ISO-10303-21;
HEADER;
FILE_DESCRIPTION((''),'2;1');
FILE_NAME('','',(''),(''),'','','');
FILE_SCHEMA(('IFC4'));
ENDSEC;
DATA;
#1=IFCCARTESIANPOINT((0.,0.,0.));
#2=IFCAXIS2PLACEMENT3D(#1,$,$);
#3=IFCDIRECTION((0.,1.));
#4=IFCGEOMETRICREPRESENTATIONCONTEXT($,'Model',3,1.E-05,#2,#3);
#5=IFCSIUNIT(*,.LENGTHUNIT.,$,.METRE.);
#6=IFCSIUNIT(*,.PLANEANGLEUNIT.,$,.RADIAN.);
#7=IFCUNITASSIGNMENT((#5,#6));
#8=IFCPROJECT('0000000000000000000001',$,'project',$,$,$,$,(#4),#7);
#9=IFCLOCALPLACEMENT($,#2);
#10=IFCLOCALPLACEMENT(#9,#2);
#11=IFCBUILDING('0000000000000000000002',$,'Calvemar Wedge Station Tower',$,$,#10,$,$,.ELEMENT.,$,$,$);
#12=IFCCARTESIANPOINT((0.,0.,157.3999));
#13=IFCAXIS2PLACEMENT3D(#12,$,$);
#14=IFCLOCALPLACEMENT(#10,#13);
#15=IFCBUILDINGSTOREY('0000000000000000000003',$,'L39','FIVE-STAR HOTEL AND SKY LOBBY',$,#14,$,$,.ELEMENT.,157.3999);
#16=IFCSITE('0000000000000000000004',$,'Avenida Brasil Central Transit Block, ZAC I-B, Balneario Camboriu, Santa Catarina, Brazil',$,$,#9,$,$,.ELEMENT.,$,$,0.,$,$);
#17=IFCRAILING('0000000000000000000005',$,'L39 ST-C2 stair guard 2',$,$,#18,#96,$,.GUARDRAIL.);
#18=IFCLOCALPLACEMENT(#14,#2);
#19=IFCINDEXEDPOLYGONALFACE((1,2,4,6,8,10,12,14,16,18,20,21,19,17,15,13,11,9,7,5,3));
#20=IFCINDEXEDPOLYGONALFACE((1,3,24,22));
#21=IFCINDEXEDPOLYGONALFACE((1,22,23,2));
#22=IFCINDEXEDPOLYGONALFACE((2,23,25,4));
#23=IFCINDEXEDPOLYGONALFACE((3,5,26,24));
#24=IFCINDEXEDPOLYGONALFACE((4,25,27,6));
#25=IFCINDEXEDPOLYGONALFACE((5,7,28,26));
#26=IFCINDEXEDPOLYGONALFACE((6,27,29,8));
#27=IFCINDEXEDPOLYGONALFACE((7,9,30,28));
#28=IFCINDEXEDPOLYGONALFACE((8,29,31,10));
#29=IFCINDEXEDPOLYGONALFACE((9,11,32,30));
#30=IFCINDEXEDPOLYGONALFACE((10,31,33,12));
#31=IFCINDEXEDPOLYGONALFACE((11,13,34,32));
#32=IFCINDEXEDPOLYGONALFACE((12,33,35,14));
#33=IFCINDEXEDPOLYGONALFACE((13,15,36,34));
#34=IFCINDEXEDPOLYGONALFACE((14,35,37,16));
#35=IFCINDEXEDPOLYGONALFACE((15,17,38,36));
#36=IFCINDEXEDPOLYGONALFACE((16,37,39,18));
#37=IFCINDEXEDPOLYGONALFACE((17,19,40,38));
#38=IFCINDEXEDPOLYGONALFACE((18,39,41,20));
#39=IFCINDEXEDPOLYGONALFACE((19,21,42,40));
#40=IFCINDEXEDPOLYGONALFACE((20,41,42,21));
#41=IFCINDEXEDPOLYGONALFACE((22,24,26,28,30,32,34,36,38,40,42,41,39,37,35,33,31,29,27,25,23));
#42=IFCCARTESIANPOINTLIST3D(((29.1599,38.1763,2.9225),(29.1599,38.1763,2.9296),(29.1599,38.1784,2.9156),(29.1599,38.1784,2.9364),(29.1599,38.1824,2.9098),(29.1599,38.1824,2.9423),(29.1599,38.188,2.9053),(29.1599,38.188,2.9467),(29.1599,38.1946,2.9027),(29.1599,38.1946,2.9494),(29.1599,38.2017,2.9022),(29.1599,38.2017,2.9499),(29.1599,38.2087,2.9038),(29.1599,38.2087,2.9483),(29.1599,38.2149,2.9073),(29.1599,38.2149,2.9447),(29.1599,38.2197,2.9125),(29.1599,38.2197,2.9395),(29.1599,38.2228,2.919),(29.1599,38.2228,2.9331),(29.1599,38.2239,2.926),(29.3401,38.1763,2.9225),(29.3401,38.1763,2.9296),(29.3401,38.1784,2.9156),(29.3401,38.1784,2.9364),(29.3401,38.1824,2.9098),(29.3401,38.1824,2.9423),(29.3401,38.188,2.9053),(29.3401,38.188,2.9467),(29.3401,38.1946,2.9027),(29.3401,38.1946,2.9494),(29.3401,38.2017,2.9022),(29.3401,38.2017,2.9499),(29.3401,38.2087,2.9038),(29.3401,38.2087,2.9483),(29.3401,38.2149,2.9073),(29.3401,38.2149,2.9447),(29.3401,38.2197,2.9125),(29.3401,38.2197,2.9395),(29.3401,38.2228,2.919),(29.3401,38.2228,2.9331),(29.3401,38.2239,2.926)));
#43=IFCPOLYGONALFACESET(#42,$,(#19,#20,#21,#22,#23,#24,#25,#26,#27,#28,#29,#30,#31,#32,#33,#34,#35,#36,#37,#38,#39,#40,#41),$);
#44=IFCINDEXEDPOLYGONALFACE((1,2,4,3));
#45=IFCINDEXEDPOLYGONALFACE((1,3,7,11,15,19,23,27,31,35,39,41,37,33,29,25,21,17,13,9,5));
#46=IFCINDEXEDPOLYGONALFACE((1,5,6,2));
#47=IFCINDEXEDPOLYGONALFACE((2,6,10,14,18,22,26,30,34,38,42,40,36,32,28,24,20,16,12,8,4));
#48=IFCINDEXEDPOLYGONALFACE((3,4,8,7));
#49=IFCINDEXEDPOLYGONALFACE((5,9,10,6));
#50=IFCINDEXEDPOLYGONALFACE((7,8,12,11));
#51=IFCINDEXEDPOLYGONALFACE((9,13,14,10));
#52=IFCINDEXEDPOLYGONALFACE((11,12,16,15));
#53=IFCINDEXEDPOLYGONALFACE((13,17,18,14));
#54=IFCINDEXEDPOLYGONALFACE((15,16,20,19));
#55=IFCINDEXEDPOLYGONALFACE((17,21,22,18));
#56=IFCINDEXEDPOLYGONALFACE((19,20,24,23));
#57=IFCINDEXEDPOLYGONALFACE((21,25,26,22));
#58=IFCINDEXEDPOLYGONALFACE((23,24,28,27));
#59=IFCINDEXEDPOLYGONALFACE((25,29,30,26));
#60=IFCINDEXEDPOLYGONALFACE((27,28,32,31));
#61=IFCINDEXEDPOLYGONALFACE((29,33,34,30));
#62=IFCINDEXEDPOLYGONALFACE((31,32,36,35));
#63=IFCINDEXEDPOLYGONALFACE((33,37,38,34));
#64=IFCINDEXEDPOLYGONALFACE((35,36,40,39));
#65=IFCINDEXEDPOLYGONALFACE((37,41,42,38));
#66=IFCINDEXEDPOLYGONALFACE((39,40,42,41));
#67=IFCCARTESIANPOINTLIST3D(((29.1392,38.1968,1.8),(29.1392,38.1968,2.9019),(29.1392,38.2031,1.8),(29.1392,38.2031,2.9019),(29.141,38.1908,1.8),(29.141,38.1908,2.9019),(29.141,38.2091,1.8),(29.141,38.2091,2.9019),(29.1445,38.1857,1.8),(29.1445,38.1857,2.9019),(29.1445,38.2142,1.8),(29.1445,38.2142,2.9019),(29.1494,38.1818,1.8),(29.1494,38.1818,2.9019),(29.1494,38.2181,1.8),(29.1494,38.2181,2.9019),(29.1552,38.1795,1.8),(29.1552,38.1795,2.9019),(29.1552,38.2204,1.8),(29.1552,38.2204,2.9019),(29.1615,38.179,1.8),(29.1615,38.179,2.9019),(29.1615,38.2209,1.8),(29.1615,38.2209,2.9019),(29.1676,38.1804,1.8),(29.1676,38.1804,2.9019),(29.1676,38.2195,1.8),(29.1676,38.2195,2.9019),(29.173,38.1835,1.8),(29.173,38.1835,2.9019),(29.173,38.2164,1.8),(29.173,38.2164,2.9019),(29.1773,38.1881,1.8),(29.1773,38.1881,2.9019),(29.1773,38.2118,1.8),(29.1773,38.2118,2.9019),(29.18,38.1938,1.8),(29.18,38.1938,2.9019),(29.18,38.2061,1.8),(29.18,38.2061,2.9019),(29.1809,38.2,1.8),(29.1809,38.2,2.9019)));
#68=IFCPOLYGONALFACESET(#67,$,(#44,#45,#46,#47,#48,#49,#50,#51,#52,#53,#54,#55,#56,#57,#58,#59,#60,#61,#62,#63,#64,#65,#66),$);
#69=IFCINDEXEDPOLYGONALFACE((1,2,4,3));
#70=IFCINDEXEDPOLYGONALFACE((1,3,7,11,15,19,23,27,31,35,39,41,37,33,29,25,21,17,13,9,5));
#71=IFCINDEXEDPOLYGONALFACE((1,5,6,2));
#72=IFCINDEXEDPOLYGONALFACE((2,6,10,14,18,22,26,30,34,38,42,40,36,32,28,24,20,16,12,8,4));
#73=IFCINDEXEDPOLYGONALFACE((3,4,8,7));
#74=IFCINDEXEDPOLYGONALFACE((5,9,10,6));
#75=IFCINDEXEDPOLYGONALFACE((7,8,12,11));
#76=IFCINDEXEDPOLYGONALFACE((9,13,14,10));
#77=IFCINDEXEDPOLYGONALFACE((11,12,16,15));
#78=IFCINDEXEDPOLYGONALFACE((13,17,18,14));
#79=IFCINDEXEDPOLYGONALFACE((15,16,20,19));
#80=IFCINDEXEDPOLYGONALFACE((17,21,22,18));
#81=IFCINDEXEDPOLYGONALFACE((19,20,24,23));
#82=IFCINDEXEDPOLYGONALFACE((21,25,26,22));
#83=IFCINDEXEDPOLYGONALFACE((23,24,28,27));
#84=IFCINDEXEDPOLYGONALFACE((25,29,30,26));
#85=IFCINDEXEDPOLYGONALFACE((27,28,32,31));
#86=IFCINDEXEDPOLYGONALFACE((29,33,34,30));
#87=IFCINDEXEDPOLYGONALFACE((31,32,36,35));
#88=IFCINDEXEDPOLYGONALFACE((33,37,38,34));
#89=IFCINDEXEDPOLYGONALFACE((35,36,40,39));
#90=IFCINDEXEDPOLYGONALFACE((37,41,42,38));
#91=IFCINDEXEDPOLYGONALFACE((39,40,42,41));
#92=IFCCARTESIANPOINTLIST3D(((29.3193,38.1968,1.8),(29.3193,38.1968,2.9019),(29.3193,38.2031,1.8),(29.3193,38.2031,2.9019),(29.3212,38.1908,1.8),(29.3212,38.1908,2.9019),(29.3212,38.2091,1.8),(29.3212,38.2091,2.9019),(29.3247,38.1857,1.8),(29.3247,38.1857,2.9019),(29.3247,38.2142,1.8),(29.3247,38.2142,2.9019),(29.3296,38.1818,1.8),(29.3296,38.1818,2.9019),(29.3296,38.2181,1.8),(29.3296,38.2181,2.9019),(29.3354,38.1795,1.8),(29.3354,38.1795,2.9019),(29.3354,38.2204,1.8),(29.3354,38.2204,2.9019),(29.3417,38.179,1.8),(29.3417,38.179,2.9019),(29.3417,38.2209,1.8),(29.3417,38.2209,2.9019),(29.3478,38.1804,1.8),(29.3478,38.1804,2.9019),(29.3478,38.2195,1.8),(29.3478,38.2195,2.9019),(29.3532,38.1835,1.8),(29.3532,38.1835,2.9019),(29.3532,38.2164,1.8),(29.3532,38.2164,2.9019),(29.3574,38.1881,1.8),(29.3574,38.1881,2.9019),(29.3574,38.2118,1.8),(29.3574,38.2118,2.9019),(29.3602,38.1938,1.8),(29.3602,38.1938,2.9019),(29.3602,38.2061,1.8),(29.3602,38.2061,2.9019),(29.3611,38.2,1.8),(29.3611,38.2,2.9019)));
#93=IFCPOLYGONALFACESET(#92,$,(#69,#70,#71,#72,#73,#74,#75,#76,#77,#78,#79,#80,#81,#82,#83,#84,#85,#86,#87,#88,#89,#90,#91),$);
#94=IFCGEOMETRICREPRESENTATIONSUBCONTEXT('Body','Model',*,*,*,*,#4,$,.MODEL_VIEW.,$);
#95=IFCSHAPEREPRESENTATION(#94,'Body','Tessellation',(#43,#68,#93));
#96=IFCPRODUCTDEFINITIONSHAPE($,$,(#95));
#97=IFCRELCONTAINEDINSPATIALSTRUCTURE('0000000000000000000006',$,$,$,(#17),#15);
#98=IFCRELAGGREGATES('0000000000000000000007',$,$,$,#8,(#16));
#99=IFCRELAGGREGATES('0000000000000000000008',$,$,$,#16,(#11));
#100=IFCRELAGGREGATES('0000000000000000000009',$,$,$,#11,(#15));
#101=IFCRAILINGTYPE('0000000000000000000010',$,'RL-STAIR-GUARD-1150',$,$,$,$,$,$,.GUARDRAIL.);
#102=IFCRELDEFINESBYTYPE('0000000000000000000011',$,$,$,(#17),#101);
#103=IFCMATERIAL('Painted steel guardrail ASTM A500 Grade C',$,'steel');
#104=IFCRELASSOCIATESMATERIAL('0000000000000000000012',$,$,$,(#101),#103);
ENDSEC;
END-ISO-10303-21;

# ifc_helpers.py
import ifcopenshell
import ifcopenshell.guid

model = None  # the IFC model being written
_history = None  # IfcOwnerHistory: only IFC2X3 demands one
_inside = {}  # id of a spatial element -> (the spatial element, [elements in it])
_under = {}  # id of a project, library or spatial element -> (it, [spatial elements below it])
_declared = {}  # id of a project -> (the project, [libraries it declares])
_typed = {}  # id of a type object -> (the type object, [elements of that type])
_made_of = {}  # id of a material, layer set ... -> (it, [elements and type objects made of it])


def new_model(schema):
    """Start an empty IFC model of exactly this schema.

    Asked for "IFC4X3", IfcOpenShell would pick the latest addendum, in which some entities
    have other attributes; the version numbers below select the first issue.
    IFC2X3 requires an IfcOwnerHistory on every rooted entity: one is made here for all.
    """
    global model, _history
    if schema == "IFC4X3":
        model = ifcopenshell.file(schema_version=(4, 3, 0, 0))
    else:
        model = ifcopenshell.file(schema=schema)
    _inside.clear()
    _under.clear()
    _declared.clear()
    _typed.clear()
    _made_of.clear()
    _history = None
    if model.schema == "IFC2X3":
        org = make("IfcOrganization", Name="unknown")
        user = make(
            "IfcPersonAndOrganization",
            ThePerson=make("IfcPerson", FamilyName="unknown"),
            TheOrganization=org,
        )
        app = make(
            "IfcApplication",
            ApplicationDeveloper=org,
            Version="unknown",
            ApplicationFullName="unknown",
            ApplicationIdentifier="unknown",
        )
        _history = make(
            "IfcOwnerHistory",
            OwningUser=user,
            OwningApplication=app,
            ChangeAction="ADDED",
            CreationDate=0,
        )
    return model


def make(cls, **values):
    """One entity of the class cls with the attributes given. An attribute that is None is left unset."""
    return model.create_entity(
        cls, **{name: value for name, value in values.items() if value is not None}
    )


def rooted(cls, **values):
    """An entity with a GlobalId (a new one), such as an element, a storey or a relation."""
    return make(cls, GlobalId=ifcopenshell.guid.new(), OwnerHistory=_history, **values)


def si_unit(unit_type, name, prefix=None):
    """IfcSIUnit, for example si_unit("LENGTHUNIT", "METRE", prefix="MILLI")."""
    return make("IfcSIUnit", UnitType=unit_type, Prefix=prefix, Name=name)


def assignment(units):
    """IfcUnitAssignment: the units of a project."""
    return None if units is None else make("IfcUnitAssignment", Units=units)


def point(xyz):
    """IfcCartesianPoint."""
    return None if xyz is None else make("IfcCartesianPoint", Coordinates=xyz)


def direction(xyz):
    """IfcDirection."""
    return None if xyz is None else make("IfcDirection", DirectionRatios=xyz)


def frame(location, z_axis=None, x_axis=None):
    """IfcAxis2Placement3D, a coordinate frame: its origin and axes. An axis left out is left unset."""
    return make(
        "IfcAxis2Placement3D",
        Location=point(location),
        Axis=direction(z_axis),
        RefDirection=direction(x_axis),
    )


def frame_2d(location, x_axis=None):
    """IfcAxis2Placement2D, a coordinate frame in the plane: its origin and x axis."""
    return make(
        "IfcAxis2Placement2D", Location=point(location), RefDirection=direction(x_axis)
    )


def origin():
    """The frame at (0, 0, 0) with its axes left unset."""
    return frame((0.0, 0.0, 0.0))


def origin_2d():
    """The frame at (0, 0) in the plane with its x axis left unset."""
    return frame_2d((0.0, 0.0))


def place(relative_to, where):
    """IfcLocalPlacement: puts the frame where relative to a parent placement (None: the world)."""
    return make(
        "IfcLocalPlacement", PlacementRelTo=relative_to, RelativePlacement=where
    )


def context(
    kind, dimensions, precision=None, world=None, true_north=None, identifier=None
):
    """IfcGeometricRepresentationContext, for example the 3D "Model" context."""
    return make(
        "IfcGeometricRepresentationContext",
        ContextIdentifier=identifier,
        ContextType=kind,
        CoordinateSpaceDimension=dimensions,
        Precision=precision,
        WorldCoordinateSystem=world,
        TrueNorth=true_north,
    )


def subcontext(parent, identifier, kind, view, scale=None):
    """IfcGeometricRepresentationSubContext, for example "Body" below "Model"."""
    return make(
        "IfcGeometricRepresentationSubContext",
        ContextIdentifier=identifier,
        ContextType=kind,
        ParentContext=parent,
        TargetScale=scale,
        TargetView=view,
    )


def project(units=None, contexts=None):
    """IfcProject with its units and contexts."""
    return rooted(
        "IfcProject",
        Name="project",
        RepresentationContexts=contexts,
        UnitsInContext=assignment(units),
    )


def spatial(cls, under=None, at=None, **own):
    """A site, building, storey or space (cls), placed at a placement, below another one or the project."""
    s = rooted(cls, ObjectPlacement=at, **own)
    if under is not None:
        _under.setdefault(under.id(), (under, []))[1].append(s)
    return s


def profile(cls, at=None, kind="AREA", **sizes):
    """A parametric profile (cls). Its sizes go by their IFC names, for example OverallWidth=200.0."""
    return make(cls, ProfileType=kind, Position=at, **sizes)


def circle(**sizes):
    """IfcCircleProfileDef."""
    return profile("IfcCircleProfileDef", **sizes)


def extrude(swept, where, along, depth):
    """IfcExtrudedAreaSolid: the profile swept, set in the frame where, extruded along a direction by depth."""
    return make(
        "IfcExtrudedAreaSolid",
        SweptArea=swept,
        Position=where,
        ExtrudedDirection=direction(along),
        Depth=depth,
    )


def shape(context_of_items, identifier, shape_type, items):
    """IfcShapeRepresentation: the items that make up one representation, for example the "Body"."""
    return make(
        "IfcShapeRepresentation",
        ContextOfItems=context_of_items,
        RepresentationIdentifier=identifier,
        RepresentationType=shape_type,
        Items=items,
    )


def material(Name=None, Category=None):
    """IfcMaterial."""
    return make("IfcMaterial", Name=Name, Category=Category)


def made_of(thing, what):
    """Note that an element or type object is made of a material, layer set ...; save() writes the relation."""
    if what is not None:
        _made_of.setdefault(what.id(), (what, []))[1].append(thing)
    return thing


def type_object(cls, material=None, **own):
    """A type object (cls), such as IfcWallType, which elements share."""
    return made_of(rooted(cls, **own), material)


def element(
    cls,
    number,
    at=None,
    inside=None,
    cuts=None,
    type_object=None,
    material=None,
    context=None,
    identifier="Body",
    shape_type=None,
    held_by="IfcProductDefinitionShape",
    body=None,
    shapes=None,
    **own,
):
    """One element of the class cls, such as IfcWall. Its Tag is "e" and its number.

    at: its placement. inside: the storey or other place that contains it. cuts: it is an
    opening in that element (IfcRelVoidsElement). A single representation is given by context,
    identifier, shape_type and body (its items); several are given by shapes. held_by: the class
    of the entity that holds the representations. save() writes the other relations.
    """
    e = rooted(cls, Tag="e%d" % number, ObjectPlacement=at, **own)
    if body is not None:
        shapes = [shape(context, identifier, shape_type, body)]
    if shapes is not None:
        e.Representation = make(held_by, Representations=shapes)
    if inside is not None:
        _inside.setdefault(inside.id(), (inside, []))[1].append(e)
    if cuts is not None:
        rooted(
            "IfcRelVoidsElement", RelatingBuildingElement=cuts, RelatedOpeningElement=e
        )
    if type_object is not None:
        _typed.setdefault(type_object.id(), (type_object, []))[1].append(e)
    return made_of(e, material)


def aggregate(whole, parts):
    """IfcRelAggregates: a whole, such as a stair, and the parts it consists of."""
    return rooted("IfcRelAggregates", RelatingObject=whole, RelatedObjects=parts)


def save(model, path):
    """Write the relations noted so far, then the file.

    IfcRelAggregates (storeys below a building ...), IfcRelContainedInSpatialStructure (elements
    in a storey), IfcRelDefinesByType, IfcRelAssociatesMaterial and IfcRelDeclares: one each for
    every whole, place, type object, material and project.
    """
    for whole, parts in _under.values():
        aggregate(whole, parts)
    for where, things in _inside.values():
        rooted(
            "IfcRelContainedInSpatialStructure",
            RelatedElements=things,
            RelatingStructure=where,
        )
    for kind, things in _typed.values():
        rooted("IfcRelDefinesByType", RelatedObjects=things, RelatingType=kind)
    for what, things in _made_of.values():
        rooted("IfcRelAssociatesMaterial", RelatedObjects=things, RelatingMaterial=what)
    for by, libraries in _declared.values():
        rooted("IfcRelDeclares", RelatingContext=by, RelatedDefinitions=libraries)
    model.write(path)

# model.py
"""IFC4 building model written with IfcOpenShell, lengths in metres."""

from ifc_helpers import new_model, si_unit, direction, frame, origin, origin_2d, place, context, subcontext, project, spatial, circle, extrude, material, type_object, element, save


model = new_model("IFC4")

# Units and contexts
model_context = context("Model", 3, precision=1e-05, world=origin(), true_north=direction((0.0, 1.0)))
body_context = subcontext(model_context, "Body", "Model", "MODEL_VIEW")
ifc_project = project(units=[si_unit("LENGTHUNIT", "METRE"), si_unit("PLANEANGLEUNIT", "RADIAN")], contexts=[model_context])

# Site, building, storey
site_placement = place(None, origin())
site = spatial("IfcSite", under=ifc_project, at=site_placement, Name="Avenida Brasil Central Transit Block, ZAC I-B, Balneario Camboriu, Santa Catarina, Brazil", CompositionType="ELEMENT", RefElevation=0.0)
building_placement = place(site_placement, origin())
building = spatial("IfcBuilding", under=site, at=building_placement, Name="Calvemar Wedge Station Tower", CompositionType="ELEMENT")
storey_placement = place(building_placement, frame((0.0, 0.0, 157.3999)))
storey = spatial("IfcBuildingStorey", under=building, at=storey_placement, Name="L39", Description="FIVE-STAR HOTEL AND SKY LOBBY", CompositionType="ELEMENT", Elevation=157.3999)

# Railing
ifc_material_1 = material(Name="Painted steel guardrail ASTM A500 Grade C", Category="steel")
railing_type_1 = type_object("IfcRailingType", Name="RL-STAIR-GUARD-1150", PredefinedType="GUARDRAIL", material=ifc_material_1)
railing_1_placement = place(storey_placement, frame((29.1599, 38.2, 1.8)))
element("IfcRailing", 1, at=railing_1_placement, inside=storey, type_object=railing_type_1, Name="L39 ST-C2 stair guard 2", PredefinedType="GUARDRAIL", context=body_context, shape_type="SweptSolid", body=[
    extrude(circle(Radius=0.0239, at=origin_2d()), frame((0.0, 0.0, 1.126), z_axis=(1.0, 0.0, 0.0), x_axis=(0.0, 1.0, 0.0)), (0.0, 0.0, 1.0), 0.1802),
    extrude(circle(Radius=0.021, at=origin_2d()), origin(), (0.0, 0.0, 1.0), 1.1018),
    extrude(circle(Radius=0.021, at=origin_2d()), frame((0.1802, 0.0, 0.0)), (0.0, 0.0, 1.0), 1.1018),
])

save(model, "model.ifc")
